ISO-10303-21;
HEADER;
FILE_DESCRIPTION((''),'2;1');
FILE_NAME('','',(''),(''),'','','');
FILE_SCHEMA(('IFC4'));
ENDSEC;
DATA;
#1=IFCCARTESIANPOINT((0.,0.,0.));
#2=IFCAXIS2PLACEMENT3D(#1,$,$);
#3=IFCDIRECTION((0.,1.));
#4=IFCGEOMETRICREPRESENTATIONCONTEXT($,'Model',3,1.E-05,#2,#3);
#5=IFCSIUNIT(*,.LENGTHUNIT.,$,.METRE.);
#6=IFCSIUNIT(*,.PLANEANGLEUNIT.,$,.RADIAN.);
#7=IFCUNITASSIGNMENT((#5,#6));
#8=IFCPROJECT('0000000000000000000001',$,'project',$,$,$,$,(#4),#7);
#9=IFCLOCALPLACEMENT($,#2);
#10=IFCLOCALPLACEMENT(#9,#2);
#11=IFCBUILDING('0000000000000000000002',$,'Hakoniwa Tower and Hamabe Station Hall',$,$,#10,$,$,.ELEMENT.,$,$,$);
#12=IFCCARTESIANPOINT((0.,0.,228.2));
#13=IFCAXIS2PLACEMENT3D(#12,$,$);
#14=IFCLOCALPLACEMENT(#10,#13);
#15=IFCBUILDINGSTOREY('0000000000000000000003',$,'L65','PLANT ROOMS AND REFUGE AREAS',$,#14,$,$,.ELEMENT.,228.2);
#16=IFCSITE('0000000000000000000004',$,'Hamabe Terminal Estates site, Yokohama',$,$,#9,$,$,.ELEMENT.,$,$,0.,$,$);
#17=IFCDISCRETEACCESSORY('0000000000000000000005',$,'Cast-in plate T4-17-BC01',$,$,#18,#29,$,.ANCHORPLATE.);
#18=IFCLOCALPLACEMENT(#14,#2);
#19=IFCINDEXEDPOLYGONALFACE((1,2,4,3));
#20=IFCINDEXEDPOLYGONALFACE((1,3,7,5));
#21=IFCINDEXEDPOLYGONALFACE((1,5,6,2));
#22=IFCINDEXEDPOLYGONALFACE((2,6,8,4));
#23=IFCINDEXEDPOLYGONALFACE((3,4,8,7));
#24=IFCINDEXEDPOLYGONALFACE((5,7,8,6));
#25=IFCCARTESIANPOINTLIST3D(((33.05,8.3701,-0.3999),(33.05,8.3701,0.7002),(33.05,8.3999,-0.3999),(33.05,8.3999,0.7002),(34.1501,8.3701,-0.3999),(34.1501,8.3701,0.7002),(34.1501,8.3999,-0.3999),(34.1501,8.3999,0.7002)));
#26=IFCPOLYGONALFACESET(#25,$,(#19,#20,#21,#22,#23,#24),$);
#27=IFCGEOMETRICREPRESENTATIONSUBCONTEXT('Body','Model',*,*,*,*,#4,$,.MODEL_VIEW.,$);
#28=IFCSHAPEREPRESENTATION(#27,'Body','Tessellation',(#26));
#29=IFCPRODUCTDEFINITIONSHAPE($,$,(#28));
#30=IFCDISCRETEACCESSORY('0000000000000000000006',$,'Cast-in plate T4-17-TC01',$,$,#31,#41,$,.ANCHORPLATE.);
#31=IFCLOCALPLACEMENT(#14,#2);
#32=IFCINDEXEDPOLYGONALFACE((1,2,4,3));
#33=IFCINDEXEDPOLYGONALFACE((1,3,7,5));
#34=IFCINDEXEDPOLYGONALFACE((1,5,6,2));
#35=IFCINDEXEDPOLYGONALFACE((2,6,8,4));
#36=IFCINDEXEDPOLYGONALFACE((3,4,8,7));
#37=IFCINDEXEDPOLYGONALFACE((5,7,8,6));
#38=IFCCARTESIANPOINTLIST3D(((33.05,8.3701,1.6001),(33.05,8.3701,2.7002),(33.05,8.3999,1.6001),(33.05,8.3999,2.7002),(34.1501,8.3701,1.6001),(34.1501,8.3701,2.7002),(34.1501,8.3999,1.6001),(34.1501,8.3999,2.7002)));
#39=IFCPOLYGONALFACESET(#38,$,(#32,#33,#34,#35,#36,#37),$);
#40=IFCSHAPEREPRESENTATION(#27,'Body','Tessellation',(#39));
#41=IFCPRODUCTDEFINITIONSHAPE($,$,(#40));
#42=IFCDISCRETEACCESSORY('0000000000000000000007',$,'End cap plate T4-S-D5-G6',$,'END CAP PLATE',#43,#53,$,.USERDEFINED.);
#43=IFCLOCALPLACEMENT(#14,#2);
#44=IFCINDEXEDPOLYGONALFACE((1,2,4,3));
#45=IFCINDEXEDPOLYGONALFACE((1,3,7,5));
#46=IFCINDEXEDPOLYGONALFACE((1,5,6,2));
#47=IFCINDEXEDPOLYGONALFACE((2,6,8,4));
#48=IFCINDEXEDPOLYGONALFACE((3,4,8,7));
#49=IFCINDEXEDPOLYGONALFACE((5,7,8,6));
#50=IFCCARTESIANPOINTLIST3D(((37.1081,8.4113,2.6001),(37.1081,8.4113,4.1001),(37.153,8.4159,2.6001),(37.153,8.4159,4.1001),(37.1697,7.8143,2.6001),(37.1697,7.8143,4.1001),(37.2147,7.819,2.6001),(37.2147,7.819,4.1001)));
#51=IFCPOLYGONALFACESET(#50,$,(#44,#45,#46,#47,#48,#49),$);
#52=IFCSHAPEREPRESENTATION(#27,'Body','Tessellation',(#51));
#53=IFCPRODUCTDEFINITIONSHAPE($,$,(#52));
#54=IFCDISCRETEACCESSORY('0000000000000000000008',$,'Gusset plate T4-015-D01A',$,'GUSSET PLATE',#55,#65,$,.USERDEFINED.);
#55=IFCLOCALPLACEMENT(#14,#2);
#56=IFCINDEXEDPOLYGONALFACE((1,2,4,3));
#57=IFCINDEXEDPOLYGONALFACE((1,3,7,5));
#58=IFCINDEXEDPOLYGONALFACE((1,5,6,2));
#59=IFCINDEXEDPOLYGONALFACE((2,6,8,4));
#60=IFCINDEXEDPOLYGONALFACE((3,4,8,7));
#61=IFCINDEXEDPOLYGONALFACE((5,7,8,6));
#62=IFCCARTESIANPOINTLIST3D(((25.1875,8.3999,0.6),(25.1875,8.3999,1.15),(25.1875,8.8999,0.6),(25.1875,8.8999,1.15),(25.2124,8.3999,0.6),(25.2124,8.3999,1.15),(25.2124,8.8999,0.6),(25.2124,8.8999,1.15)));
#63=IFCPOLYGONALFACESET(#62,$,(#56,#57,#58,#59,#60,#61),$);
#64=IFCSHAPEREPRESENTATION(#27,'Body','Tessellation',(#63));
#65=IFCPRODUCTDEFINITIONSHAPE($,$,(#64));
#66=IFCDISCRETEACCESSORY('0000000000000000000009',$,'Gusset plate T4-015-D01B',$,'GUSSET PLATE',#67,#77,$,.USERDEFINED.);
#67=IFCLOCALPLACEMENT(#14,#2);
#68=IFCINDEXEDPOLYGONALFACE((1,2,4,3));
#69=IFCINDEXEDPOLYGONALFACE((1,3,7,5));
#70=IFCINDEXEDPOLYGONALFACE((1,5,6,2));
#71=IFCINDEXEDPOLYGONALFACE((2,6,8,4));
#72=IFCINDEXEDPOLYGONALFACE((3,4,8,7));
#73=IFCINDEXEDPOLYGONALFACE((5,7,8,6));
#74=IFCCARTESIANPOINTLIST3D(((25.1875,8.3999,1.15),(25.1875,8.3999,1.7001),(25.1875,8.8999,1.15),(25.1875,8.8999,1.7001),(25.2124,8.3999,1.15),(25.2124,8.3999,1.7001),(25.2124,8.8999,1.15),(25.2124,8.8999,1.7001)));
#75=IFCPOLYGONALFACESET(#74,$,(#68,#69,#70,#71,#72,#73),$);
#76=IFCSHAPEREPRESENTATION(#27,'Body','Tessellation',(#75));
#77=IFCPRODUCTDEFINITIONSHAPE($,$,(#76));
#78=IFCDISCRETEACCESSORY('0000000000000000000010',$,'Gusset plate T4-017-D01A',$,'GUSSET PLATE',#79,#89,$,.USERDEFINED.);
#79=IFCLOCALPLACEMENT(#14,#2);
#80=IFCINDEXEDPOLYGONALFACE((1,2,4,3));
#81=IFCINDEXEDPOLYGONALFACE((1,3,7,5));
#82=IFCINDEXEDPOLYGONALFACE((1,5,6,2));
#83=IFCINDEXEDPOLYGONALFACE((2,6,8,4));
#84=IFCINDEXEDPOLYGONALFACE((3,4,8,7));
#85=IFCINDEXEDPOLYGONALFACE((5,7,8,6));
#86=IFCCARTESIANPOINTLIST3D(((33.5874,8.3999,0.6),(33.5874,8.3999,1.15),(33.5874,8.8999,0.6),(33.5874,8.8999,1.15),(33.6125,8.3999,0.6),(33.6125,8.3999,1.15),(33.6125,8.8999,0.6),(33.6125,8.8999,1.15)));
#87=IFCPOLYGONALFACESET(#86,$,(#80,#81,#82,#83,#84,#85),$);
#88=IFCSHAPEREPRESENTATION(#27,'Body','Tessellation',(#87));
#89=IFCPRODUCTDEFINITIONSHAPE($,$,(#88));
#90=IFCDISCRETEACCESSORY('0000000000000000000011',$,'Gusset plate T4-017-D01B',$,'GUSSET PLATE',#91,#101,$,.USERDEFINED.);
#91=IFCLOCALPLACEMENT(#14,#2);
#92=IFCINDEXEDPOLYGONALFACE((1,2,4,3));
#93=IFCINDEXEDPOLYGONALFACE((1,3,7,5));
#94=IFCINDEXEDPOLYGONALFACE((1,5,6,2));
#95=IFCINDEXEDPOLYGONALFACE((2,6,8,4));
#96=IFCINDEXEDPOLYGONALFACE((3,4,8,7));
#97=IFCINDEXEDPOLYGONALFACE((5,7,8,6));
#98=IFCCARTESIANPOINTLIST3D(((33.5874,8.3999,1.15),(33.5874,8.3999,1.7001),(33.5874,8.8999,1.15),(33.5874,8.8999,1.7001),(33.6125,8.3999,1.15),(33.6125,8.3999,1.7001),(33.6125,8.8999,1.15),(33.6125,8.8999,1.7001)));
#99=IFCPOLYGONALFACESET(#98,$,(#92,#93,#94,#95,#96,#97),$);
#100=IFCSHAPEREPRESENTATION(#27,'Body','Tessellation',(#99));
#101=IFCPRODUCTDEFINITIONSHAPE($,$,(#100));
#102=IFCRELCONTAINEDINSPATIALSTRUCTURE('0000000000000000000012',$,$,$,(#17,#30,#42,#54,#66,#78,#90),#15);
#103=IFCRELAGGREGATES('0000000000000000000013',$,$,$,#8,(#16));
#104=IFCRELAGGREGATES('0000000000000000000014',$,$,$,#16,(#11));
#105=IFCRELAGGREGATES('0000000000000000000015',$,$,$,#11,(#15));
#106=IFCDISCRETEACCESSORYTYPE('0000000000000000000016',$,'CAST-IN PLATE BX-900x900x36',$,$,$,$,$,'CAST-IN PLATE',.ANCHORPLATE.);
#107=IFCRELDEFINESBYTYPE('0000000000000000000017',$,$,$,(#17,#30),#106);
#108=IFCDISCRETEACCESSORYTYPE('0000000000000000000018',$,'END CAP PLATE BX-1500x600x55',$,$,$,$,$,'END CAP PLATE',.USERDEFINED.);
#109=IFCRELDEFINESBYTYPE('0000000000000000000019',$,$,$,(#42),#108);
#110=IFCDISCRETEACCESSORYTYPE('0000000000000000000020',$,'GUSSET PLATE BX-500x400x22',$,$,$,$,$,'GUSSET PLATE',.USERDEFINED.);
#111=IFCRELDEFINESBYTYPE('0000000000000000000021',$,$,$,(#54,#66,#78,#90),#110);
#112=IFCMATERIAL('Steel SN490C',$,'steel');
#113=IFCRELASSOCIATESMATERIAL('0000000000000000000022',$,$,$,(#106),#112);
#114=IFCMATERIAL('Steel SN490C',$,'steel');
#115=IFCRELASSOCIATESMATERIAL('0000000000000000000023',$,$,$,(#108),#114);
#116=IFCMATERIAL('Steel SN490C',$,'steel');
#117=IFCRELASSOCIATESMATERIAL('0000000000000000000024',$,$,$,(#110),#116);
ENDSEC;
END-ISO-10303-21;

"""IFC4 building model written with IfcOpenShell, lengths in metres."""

from ifc_helpers import new_model, si_unit, direction, frame, origin, origin_2d, place, context, subcontext, project, spatial, rectangle, extrude, material, material_profile, profile_set, type_object, element, save


model = new_model("IFC4")

# Units and contexts
model_context = context("Model", 3, precision=1e-05, world=origin(), true_north=direction((0.0, 1.0)))
body_context = subcontext(model_context, "Body", "Model", "MODEL_VIEW")
ifc_project = project(units=[si_unit("LENGTHUNIT", "METRE"), si_unit("PLANEANGLEUNIT", "RADIAN")], contexts=[model_context])

# Site, building, storey
site_placement = place(None, origin())
site = spatial("IfcSite", under=ifc_project, at=site_placement, Name="Hamabe Terminal Estates site, Yokohama", CompositionType="ELEMENT", RefElevation=0.0)
building_placement = place(site_placement, origin())
building = spatial("IfcBuilding", under=site, at=building_placement, Name="Hakoniwa Tower and Hamabe Station Hall", CompositionType="ELEMENT")
storey_placement = place(building_placement, frame((0.0, 0.0, 228.2)))
storey = spatial("IfcBuildingStorey", under=building, at=storey_placement, Name="L65", Description="PLANT ROOMS AND REFUGE AREAS", CompositionType="ELEMENT", Elevation=228.2)

# Discrete accessories
ifc_material_1 = material(Name="Steel SN490C", Category="steel")
ifc_material_profile_1 = material_profile(ifc_material_1, rectangle(XDim=1.1001, YDim=1.1001, at=origin_2d()), Name="CAST-IN PLATE BX-900x900x36")
ifc_profile_set_1 = profile_set([ifc_material_profile_1], Name="Steel SN490C")
discrete_accessory_type_1 = type_object("IfcDiscreteAccessoryType", Name="CAST-IN PLATE BX-900x900x36", ElementType="CAST-IN PLATE", PredefinedType="ANCHORPLATE", material=ifc_profile_set_1)
for number, where, z_axis, x_axis, name in (
    (1, (33.6001, 8.3701, 0.1501), (0.0, 1.0, 0.0), (-1.0, 0.0, 0.0), "Cast-in plate T4-17-BC01"),
    (2, (33.6001, 8.3701, 2.1501), (0.0, 1.0, 0.0), (-1.0, 0.0, 0.0), "Cast-in plate T4-17-TC01"),
):
    element("IfcDiscreteAccessory", number, at=place(storey_placement, frame(where, z_axis=z_axis, x_axis=x_axis)), inside=storey, type_object=discrete_accessory_type_1, Name=name, PredefinedType="ANCHORPLATE", context=body_context, shape_type="SweptSolid", body=[
        extrude(rectangle(XDim=1.1001, YDim=1.1001, at=origin_2d()), origin(), (0.0, 0.0, 1.0), 0.0298),
    ])
ifc_material_2 = material(Name="Steel SN490C", Category="steel")
ifc_material_profile_2 = material_profile(ifc_material_2, rectangle(XDim=0.6001, YDim=1.5, at=origin_2d()), Name="END CAP PLATE BX-1500x600x55")
ifc_profile_set_2 = profile_set([ifc_material_profile_2], Name="Steel SN490C")
discrete_accessory_type_2 = type_object("IfcDiscreteAccessoryType", Name="END CAP PLATE BX-1500x600x55", ElementType="END CAP PLATE", PredefinedType="USERDEFINED", material=ifc_profile_set_2)
discrete_accessory_placement = place(storey_placement, frame((37.1389, 8.1128, 3.3501), z_axis=(0.994711, 0.102715, 0.0), x_axis=(-0.102715, 0.994711, 0.0)))
element("IfcDiscreteAccessory", 3, at=discrete_accessory_placement, inside=storey, type_object=discrete_accessory_type_2, Name="End cap plate T4-S-D5-G6", ObjectType="END CAP PLATE", PredefinedType="USERDEFINED", context=body_context, shape_type="SweptSolid", body=[
    extrude(rectangle(XDim=0.6001, YDim=1.5, at=origin_2d()), origin(), (0.0, 0.0, 1.0), 0.0452),
])
ifc_material_3 = material(Name="Steel SN490C", Category="steel")
ifc_material_profile_3 = material_profile(ifc_material_3, rectangle(XDim=0.5, YDim=0.55, at=origin_2d()), Name="GUSSET PLATE BX-500x400x22")
ifc_profile_set_3 = profile_set([ifc_material_profile_3], Name="Steel SN490C")
discrete_accessory_type_3 = type_object("IfcDiscreteAccessoryType", Name="GUSSET PLATE BX-500x400x22", ElementType="GUSSET PLATE", PredefinedType="USERDEFINED", material=ifc_profile_set_3)
for number, where, z_axis, x_axis, name in (
    (4, (25.2124, 8.6499, 0.875), (-1.0, 0.0, 0.0), (0.0, -1.0, 0.0), "Gusset plate T4-015-D01A"),
    (5, (25.2124, 8.6499, 1.425), (-1.0, 0.0, 0.0), (0.0, -1.0, 0.0), "Gusset plate T4-015-D01B"),
):
    element("IfcDiscreteAccessory", number, at=place(storey_placement, frame(where, z_axis=z_axis, x_axis=x_axis)), inside=storey, type_object=discrete_accessory_type_3, Name=name, ObjectType="GUSSET PLATE", PredefinedType="USERDEFINED", context=body_context, shape_type="SweptSolid", body=[
        extrude(rectangle(XDim=0.5, YDim=0.55, at=origin_2d()), origin(), (0.0, 0.0, 1.0), 0.0249),
    ])
for number, where, z_axis, x_axis, name in (
    (6, (33.6125, 8.6499, 0.875), (-1.0, 0.0, 0.0), (0.0, -1.0, 0.0), "Gusset plate T4-017-D01A"),
    (7, (33.6125, 8.6499, 1.425), (-1.0, 0.0, 0.0), (0.0, -1.0, 0.0), "Gusset plate T4-017-D01B"),
):
    element("IfcDiscreteAccessory", number, at=place(storey_placement, frame(where, z_axis=z_axis, x_axis=x_axis)), inside=storey, type_object=discrete_accessory_type_3, Name=name, ObjectType="GUSSET PLATE", PredefinedType="USERDEFINED", context=body_context, shape_type="SweptSolid", body=[
        extrude(rectangle(XDim=0.5, YDim=0.55, at=origin_2d()), origin(), (0.0, 0.0, 1.0), 0.0251),
    ])

save(model, "model.ifc")
